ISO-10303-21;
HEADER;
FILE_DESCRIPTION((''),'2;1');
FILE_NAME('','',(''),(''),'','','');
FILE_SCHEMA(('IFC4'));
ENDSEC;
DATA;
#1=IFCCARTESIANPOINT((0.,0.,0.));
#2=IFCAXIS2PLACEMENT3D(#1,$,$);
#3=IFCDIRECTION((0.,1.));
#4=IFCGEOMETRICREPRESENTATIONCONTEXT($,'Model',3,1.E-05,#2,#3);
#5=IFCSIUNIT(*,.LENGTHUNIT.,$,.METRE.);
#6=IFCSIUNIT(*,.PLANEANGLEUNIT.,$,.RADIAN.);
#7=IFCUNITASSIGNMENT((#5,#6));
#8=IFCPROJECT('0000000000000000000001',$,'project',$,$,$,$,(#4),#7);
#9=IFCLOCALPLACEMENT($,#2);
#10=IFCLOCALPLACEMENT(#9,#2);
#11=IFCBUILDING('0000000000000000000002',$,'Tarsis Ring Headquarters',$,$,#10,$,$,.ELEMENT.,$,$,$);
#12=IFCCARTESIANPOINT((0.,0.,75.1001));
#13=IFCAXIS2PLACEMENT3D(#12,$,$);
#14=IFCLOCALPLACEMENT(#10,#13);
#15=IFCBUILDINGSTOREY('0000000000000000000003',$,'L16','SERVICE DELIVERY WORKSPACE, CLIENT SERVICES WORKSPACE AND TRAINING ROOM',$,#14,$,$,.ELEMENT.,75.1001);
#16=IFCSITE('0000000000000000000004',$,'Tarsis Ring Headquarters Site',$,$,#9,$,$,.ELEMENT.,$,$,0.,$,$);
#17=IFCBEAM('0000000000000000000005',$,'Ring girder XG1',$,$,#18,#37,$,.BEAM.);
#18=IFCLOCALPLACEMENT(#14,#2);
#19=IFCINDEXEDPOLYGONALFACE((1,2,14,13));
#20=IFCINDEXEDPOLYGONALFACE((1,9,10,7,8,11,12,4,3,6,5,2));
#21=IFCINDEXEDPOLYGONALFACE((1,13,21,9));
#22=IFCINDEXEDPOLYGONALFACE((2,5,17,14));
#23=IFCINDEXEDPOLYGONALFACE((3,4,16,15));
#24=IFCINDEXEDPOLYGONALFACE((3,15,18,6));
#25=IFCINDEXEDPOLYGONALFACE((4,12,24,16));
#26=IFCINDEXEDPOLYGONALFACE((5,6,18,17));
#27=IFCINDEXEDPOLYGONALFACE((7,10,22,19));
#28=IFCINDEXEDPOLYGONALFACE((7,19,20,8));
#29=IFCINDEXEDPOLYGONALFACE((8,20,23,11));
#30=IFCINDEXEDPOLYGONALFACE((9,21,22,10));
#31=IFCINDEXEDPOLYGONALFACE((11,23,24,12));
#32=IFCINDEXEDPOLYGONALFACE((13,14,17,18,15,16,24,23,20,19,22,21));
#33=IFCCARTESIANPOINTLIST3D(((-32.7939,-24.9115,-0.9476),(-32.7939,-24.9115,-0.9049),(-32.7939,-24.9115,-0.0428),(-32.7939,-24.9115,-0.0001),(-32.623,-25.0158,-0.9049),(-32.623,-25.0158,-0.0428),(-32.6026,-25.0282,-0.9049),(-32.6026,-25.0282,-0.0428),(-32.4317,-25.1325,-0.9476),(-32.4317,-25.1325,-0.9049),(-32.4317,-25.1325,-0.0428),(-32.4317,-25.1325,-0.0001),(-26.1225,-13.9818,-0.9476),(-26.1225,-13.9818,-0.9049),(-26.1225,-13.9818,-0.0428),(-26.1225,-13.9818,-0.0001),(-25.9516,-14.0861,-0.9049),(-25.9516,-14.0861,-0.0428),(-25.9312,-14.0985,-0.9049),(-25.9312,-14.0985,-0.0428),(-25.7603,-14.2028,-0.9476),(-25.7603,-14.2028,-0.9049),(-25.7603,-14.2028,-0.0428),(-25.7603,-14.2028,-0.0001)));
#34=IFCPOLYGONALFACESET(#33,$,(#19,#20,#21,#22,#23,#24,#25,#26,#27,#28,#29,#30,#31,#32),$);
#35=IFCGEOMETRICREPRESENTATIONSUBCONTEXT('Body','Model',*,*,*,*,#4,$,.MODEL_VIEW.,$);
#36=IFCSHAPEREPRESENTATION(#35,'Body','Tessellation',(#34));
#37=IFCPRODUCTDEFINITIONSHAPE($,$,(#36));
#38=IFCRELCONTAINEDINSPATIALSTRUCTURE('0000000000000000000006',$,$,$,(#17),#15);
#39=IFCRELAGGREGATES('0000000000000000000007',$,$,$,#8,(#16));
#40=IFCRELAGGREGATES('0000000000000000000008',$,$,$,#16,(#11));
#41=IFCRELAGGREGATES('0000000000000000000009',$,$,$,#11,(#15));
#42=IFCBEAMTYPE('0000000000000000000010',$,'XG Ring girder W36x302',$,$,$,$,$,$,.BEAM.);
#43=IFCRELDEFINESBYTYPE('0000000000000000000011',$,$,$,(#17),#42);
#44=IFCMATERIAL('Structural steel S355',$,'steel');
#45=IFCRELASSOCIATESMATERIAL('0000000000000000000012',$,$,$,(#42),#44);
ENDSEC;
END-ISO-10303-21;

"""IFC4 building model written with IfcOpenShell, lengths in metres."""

from ifc_helpers import new_model, si_unit, direction, frame, origin, origin_2d, place, context, subcontext, project, spatial, i_section, extrude, material, material_profile, profile_set, type_object, element, save


model = new_model("IFC4")

# Units and contexts
model_context = context("Model", 3, precision=1e-05, world=origin(), true_north=direction((0.0, 1.0)))
body_context = subcontext(model_context, "Body", "Model", "MODEL_VIEW")
ifc_project = project(units=[si_unit("LENGTHUNIT", "METRE"), si_unit("PLANEANGLEUNIT", "RADIAN")], contexts=[model_context])

# Site, building, storey
site_placement = place(None, origin())
site = spatial("IfcSite", under=ifc_project, at=site_placement, Name="Tarsis Ring Headquarters Site", CompositionType="ELEMENT", RefElevation=0.0)
building_placement = place(site_placement, origin())
building = spatial("IfcBuilding", under=site, at=building_placement, Name="Tarsis Ring Headquarters", CompositionType="ELEMENT")
storey_placement = place(building_placement, frame((0.0, 0.0, 75.1001)))
storey = spatial("IfcBuildingStorey", under=building, at=storey_placement, Name="L16", Description="SERVICE DELIVERY WORKSPACE, CLIENT SERVICES WORKSPACE AND TRAINING ROOM", CompositionType="ELEMENT", Elevation=75.1001)

# Beam
ifc_material_1 = material(Name="Structural steel S355", Category="steel")
ifc_material_profile_1 = material_profile(ifc_material_1, i_section(OverallWidth=0.4243, OverallDepth=0.9475, WebThickness=0.0239, FlangeThickness=0.0427, at=origin_2d()), Name="W36x302")
ifc_profile_set_1 = profile_set([ifc_material_profile_1], Name="Structural steel S355")
beam_type_1 = type_object("IfcBeamType", Name="XG Ring girder W36x302", PredefinedType="BEAM", material=ifc_profile_set_1)
beam_1_placement = place(storey_placement, frame((-25.9414, -14.0923, -0.4739), z_axis=(-0.521003, -0.853555, 0.0), x_axis=(0.853555, -0.521003, 0.0)))
element("IfcBeam", 1, at=beam_1_placement, inside=storey, type_object=beam_type_1, Name="Ring girder XG1", PredefinedType="BEAM", context=body_context, shape_type="SweptSolid", body=[
    extrude(i_section(OverallWidth=0.4243, OverallDepth=0.9475, WebThickness=0.0239, FlangeThickness=0.0427, at=origin_2d()), origin(), (0.0, 0.0, 1.0), 12.8049),
])

save(model, "model.ifc")
